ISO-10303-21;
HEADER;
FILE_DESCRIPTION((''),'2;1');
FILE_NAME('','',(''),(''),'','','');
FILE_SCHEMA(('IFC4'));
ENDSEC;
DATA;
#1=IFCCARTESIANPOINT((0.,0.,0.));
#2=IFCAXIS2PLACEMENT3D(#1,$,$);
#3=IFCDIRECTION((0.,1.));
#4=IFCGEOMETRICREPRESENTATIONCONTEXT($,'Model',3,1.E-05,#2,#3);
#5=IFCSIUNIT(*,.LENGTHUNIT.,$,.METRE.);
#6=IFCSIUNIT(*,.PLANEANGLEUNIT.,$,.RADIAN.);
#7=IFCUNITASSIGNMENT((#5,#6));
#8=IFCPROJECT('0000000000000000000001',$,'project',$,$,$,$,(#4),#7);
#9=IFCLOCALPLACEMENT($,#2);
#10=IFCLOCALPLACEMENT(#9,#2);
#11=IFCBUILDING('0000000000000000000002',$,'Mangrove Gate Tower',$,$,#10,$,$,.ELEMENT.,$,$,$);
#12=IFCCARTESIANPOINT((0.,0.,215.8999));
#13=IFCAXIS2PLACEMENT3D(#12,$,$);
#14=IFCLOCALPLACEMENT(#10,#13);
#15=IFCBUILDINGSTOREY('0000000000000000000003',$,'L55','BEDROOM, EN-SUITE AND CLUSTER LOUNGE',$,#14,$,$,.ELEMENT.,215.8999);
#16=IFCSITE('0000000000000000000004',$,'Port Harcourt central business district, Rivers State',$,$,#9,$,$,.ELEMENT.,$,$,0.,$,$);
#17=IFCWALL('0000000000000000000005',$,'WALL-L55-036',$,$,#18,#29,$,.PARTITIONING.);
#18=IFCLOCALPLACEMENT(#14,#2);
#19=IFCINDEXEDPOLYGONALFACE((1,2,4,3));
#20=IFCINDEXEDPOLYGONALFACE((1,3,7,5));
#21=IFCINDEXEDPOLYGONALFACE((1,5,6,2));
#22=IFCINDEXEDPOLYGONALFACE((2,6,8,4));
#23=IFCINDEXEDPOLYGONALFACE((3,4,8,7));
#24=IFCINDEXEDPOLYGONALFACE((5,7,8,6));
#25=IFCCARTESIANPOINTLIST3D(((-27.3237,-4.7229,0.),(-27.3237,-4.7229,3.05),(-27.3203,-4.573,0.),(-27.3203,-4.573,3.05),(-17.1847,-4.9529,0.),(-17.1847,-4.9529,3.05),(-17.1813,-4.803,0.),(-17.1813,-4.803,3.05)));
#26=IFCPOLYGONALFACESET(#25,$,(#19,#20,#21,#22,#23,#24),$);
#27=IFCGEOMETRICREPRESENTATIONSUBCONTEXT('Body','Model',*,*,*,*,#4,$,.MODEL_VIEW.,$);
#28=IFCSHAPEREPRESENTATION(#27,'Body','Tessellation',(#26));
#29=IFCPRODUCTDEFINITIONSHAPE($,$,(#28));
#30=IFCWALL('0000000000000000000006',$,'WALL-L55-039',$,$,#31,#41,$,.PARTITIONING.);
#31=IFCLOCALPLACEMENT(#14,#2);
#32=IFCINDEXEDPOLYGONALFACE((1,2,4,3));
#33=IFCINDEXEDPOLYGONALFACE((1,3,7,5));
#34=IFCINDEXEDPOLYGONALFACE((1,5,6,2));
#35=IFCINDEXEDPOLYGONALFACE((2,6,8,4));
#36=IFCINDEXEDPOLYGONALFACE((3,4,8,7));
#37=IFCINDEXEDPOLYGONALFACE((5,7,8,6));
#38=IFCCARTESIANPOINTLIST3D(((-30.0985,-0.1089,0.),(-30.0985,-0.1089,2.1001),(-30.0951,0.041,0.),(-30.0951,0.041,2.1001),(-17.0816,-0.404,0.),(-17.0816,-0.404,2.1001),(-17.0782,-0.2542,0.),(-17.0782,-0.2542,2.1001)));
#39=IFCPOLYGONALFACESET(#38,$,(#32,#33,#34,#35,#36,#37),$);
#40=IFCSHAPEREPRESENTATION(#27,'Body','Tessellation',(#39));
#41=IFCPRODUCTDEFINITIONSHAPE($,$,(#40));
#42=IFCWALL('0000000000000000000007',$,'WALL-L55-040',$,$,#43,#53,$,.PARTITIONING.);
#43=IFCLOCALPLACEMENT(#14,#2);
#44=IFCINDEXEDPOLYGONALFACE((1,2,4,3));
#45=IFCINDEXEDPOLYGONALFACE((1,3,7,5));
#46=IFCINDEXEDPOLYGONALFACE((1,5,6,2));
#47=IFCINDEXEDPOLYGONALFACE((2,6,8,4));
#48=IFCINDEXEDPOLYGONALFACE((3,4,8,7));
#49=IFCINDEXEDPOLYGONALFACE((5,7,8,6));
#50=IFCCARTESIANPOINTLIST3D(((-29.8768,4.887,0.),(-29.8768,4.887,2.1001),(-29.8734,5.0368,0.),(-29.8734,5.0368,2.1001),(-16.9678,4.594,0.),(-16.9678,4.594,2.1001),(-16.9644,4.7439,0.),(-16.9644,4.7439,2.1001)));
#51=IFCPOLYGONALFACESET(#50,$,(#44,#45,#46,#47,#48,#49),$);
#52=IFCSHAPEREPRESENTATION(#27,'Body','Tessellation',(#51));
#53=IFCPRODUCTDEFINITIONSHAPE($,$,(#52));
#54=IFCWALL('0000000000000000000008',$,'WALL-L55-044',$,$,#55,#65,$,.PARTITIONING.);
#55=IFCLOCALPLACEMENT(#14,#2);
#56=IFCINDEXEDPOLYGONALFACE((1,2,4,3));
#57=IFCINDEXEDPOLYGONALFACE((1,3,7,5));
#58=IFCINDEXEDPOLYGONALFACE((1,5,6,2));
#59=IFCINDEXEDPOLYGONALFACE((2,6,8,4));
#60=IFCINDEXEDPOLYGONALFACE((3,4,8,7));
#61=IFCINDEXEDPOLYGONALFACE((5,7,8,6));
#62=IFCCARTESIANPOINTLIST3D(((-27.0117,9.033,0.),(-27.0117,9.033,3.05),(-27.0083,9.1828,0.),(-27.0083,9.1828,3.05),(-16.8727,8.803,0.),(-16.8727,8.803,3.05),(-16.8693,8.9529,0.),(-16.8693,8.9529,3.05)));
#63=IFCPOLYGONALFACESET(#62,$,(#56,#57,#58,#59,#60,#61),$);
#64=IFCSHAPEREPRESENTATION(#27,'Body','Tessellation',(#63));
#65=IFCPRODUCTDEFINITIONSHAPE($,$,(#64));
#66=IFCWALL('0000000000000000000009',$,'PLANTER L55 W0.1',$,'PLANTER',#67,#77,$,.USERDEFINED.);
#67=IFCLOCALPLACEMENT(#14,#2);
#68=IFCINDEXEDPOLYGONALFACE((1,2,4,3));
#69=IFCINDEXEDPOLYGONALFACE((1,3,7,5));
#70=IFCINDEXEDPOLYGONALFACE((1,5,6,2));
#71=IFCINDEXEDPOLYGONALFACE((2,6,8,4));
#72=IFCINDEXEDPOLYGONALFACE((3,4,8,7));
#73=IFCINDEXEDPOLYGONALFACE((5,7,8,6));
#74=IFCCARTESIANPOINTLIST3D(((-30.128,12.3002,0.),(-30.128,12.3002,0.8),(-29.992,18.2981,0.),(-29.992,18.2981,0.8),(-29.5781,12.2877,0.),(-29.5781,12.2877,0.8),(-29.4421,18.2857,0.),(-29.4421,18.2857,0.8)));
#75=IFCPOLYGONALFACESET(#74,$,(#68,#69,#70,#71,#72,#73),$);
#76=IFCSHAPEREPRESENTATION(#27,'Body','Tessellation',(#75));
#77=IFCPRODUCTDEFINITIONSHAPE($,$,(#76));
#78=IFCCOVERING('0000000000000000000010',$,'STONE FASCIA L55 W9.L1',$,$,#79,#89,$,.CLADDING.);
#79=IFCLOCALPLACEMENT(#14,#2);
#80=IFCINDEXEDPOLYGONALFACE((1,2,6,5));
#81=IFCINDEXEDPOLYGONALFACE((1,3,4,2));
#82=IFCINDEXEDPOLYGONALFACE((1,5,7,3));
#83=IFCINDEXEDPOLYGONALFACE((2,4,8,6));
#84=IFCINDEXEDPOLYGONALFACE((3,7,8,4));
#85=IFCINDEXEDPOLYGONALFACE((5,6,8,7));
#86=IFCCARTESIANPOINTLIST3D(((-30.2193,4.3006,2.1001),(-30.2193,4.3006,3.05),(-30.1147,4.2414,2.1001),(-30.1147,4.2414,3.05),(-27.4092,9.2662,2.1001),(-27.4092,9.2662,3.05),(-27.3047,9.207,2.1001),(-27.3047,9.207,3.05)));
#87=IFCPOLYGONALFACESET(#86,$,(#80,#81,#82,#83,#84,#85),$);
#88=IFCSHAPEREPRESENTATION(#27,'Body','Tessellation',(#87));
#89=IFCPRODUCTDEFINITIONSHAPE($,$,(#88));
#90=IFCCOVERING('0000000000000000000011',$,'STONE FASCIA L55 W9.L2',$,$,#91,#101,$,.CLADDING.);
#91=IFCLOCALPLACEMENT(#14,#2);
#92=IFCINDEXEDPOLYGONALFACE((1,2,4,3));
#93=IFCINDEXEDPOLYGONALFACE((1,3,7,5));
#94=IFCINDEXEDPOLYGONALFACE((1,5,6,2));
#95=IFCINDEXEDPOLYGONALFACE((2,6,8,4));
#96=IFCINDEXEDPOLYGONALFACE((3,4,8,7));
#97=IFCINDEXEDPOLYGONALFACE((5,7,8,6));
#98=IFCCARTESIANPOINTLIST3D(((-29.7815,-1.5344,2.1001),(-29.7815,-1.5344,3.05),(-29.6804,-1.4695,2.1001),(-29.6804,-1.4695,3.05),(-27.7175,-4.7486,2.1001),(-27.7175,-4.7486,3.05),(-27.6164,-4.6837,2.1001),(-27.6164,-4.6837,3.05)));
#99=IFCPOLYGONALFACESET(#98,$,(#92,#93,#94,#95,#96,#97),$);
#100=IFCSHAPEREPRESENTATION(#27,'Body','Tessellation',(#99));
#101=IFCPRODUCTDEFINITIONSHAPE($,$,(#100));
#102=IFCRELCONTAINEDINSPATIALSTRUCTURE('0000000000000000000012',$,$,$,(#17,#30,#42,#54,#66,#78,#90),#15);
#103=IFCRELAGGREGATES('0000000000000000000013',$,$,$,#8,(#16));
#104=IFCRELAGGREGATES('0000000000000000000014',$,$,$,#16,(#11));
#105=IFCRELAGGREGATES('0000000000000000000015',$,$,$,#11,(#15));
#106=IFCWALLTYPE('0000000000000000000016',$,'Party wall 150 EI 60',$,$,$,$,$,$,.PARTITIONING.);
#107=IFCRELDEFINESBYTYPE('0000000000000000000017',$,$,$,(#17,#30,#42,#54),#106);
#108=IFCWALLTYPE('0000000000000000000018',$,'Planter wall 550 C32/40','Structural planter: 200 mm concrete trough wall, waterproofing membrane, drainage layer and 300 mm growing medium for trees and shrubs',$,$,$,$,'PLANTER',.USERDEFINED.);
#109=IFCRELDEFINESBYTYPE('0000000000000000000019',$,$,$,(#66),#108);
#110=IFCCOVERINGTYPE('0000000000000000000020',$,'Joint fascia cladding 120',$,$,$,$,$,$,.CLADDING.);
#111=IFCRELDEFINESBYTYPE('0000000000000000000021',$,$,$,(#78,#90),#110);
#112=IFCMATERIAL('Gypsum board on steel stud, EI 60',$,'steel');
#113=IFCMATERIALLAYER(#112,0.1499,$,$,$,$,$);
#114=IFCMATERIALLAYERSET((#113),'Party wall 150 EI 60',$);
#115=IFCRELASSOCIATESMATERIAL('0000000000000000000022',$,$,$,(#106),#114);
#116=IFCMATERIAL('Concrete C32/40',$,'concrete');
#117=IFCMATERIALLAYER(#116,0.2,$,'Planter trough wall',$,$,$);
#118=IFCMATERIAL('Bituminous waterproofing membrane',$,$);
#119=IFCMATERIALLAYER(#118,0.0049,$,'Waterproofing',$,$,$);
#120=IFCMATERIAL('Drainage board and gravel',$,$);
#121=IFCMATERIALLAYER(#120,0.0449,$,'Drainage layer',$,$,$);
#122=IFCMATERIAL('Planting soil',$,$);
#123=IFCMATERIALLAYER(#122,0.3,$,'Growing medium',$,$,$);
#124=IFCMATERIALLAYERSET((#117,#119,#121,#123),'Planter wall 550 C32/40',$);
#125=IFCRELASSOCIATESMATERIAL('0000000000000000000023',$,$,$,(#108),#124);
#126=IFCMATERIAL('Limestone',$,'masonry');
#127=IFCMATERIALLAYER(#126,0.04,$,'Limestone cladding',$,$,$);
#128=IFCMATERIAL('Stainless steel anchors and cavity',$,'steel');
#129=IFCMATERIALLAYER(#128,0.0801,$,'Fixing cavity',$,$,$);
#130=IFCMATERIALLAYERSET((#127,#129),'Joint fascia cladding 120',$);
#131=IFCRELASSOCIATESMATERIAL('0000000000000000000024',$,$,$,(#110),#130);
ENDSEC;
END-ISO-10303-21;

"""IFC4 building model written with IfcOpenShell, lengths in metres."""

from ifc_helpers import new_model, si_unit, direction, frame, frame_2d, origin, place, context, subcontext, project, spatial, rectangle, extrude, material, layer, layer_set, type_object, element, save


model = new_model("IFC4")

# Units and contexts
model_context = context("Model", 3, precision=1e-05, world=origin(), true_north=direction((0.0, 1.0)))
body_context = subcontext(model_context, "Body", "Model", "MODEL_VIEW")
ifc_project = project(units=[si_unit("LENGTHUNIT", "METRE"), si_unit("PLANEANGLEUNIT", "RADIAN")], contexts=[model_context])

# Site, building, storey
site_placement = place(None, origin())
site = spatial("IfcSite", under=ifc_project, at=site_placement, Name="Port Harcourt central business district, Rivers State", CompositionType="ELEMENT", RefElevation=0.0)
building_placement = place(site_placement, origin())
building = spatial("IfcBuilding", under=site, at=building_placement, Name="Mangrove Gate Tower", CompositionType="ELEMENT")
storey_placement = place(building_placement, frame((0.0, 0.0, 215.8999)))
storey = spatial("IfcBuildingStorey", under=building, at=storey_placement, Name="L55", Description="BEDROOM, EN-SUITE AND CLUSTER LOUNGE", CompositionType="ELEMENT", Elevation=215.8999)

# Shared definitions
ifc_material_1 = material(Name="Limestone", Category="masonry")

# Walls
ifc_material_2 = material(Name="Gypsum board on steel stud, EI 60", Category="steel")
ifc_layer_1 = layer(ifc_material_2, 0.1499)
ifc_layer_set_1 = layer_set([ifc_layer_1], Name="Party wall 150 EI 60")
wall_type_1 = type_object("IfcWallType", Name="Party wall 150 EI 60", PredefinedType="PARTITIONING", material=ifc_layer_set_1)
wall_1_placement = place(storey_placement, frame((-27.322, -4.6479, 0.0), z_axis=(0.0, 0.0, 1.0), x_axis=(0.999743, -0.022677, 0.0)))
element("IfcWall", 1, at=wall_1_placement, inside=storey, type_object=wall_type_1, Name="WALL-L55-036", PredefinedType="PARTITIONING", context=body_context, shape_type="SweptSolid", body=[
    extrude(rectangle(XDim=10.1416, YDim=0.1499, at=frame_2d((5.0708, 0.0))), origin(), (0.0, 0.0, 1.0), 3.05),
])
wall_2_placement = place(storey_placement, frame((-30.0969, -0.0339, 0.0), z_axis=(0.0, 0.0, 1.0), x_axis=(0.999743, -0.02267, 0.0)))
element("IfcWall", 2, at=wall_2_placement, inside=storey, type_object=wall_type_1, Name="WALL-L55-039", PredefinedType="PARTITIONING", context=body_context, shape_type="SweptSolid", body=[
    extrude(rectangle(XDim=13.0203, YDim=0.1499, at=frame_2d((6.5103, 0.0))), origin(), (0.0, 0.0, 1.0), 2.1001),
])
wall_3_placement = place(storey_placement, frame((-29.875, 4.9619, 0.0), z_axis=(0.0, 0.0, 1.0), x_axis=(0.999743, -0.022689, 0.0)))
element("IfcWall", 3, at=wall_3_placement, inside=storey, type_object=wall_type_1, Name="WALL-L55-040", PredefinedType="PARTITIONING", context=body_context, shape_type="SweptSolid", body=[
    extrude(rectangle(XDim=12.9124, YDim=0.1499, at=frame_2d((6.4561, 0.0))), origin(), (0.0, 0.0, 1.0), 2.1001),
])
wall_4_placement = place(storey_placement, frame((-27.01, 9.1079, 0.0), z_axis=(0.0, 0.0, 1.0), x_axis=(0.999743, -0.022677, 0.0)))
element("IfcWall", 4, at=wall_4_placement, inside=storey, type_object=wall_type_1, Name="WALL-L55-044", PredefinedType="PARTITIONING", context=body_context, shape_type="SweptSolid", body=[
    extrude(rectangle(XDim=10.1416, YDim=0.1499, at=frame_2d((5.0708, 0.0))), origin(), (0.0, 0.0, 1.0), 3.05),
])
ifc_material_3 = material(Name="Concrete C32/40", Category="concrete")
ifc_layer_2 = layer(ifc_material_3, 0.2, Name="Planter trough wall")
ifc_material_4 = material(Name="Bituminous waterproofing membrane")
ifc_layer_3 = layer(ifc_material_4, 0.0049, Name="Waterproofing")
ifc_material_5 = material(Name="Drainage board and gravel")
ifc_layer_4 = layer(ifc_material_5, 0.0449, Name="Drainage layer")
ifc_material_6 = material(Name="Planting soil")
ifc_layer_5 = layer(ifc_material_6, 0.3, Name="Growing medium")
ifc_layer_set_2 = layer_set([ifc_layer_2, ifc_layer_3, ifc_layer_4, ifc_layer_5], Name="Planter wall 550 C32/40")
wall_type_2 = type_object("IfcWallType", Name="Planter wall 550 C32/40", Description="Structural planter: 200 mm concrete trough wall, waterproofing membrane, drainage layer and 300 mm growing medium for trees and shrubs", ElementType="PLANTER", PredefinedType="USERDEFINED", material=ifc_layer_set_2)
wall_5_placement = place(storey_placement, frame((-29.853, 12.2939, 0.0), z_axis=(0.0, 0.0, 1.0), x_axis=(0.022666, 0.999743, 0.0)))
element("IfcWall", 5, at=wall_5_placement, inside=storey, type_object=wall_type_2, Name="PLANTER L55 W0.1", ObjectType="PLANTER", PredefinedType="USERDEFINED", context=body_context, shape_type="SweptSolid", body=[
    extrude(rectangle(XDim=5.9995, YDim=0.55, at=frame_2d((2.9998, 0.0))), origin(), (0.0, 0.0, 1.0), 0.8),
])

# Coverings
ifc_layer_6 = layer(ifc_material_1, 0.04, Name="Limestone cladding")
ifc_material_7 = material(Name="Stainless steel anchors and cavity", Category="steel")
ifc_layer_7 = layer(ifc_material_7, 0.0801, Name="Fixing cavity")
ifc_layer_set_3 = layer_set([ifc_layer_6, ifc_layer_7], Name="Joint fascia cladding 120")
covering_type = type_object("IfcCoveringType", Name="Joint fascia cladding 120", PredefinedType="CLADDING", material=ifc_layer_set_3)
covering_1_placement = place(storey_placement, frame((-27.3569, 9.2366, 2.1001), z_axis=(0.0, 0.0, 1.0), x_axis=(-0.492513, -0.870305, 0.0)))
element("IfcCovering", 6, at=covering_1_placement, inside=storey, type_object=covering_type, Name="STONE FASCIA L55 W9.L1", PredefinedType="CLADDING", context=body_context, shape_type="SweptSolid", body=[
    extrude(rectangle(XDim=5.7056, YDim=0.1201, at=frame_2d((2.8528, 0.0))), origin(), (0.0, 0.0, 1.0), 0.95),
])
covering_2_placement = place(storey_placement, frame((-29.731, -1.502, 2.1001), z_axis=(0.0, 0.0, 1.0), x_axis=(0.540341, -0.841446, 0.0)))
element("IfcCovering", 7, at=covering_2_placement, inside=storey, type_object=covering_type, Name="STONE FASCIA L55 W9.L2", PredefinedType="CLADDING", context=body_context, shape_type="SweptSolid", body=[
    extrude(rectangle(XDim=3.8198, YDim=0.1201, at=frame_2d((1.9099, 0.0))), origin(), (0.0, 0.0, 1.0), 0.95),
])

save(model, "model.ifc")
